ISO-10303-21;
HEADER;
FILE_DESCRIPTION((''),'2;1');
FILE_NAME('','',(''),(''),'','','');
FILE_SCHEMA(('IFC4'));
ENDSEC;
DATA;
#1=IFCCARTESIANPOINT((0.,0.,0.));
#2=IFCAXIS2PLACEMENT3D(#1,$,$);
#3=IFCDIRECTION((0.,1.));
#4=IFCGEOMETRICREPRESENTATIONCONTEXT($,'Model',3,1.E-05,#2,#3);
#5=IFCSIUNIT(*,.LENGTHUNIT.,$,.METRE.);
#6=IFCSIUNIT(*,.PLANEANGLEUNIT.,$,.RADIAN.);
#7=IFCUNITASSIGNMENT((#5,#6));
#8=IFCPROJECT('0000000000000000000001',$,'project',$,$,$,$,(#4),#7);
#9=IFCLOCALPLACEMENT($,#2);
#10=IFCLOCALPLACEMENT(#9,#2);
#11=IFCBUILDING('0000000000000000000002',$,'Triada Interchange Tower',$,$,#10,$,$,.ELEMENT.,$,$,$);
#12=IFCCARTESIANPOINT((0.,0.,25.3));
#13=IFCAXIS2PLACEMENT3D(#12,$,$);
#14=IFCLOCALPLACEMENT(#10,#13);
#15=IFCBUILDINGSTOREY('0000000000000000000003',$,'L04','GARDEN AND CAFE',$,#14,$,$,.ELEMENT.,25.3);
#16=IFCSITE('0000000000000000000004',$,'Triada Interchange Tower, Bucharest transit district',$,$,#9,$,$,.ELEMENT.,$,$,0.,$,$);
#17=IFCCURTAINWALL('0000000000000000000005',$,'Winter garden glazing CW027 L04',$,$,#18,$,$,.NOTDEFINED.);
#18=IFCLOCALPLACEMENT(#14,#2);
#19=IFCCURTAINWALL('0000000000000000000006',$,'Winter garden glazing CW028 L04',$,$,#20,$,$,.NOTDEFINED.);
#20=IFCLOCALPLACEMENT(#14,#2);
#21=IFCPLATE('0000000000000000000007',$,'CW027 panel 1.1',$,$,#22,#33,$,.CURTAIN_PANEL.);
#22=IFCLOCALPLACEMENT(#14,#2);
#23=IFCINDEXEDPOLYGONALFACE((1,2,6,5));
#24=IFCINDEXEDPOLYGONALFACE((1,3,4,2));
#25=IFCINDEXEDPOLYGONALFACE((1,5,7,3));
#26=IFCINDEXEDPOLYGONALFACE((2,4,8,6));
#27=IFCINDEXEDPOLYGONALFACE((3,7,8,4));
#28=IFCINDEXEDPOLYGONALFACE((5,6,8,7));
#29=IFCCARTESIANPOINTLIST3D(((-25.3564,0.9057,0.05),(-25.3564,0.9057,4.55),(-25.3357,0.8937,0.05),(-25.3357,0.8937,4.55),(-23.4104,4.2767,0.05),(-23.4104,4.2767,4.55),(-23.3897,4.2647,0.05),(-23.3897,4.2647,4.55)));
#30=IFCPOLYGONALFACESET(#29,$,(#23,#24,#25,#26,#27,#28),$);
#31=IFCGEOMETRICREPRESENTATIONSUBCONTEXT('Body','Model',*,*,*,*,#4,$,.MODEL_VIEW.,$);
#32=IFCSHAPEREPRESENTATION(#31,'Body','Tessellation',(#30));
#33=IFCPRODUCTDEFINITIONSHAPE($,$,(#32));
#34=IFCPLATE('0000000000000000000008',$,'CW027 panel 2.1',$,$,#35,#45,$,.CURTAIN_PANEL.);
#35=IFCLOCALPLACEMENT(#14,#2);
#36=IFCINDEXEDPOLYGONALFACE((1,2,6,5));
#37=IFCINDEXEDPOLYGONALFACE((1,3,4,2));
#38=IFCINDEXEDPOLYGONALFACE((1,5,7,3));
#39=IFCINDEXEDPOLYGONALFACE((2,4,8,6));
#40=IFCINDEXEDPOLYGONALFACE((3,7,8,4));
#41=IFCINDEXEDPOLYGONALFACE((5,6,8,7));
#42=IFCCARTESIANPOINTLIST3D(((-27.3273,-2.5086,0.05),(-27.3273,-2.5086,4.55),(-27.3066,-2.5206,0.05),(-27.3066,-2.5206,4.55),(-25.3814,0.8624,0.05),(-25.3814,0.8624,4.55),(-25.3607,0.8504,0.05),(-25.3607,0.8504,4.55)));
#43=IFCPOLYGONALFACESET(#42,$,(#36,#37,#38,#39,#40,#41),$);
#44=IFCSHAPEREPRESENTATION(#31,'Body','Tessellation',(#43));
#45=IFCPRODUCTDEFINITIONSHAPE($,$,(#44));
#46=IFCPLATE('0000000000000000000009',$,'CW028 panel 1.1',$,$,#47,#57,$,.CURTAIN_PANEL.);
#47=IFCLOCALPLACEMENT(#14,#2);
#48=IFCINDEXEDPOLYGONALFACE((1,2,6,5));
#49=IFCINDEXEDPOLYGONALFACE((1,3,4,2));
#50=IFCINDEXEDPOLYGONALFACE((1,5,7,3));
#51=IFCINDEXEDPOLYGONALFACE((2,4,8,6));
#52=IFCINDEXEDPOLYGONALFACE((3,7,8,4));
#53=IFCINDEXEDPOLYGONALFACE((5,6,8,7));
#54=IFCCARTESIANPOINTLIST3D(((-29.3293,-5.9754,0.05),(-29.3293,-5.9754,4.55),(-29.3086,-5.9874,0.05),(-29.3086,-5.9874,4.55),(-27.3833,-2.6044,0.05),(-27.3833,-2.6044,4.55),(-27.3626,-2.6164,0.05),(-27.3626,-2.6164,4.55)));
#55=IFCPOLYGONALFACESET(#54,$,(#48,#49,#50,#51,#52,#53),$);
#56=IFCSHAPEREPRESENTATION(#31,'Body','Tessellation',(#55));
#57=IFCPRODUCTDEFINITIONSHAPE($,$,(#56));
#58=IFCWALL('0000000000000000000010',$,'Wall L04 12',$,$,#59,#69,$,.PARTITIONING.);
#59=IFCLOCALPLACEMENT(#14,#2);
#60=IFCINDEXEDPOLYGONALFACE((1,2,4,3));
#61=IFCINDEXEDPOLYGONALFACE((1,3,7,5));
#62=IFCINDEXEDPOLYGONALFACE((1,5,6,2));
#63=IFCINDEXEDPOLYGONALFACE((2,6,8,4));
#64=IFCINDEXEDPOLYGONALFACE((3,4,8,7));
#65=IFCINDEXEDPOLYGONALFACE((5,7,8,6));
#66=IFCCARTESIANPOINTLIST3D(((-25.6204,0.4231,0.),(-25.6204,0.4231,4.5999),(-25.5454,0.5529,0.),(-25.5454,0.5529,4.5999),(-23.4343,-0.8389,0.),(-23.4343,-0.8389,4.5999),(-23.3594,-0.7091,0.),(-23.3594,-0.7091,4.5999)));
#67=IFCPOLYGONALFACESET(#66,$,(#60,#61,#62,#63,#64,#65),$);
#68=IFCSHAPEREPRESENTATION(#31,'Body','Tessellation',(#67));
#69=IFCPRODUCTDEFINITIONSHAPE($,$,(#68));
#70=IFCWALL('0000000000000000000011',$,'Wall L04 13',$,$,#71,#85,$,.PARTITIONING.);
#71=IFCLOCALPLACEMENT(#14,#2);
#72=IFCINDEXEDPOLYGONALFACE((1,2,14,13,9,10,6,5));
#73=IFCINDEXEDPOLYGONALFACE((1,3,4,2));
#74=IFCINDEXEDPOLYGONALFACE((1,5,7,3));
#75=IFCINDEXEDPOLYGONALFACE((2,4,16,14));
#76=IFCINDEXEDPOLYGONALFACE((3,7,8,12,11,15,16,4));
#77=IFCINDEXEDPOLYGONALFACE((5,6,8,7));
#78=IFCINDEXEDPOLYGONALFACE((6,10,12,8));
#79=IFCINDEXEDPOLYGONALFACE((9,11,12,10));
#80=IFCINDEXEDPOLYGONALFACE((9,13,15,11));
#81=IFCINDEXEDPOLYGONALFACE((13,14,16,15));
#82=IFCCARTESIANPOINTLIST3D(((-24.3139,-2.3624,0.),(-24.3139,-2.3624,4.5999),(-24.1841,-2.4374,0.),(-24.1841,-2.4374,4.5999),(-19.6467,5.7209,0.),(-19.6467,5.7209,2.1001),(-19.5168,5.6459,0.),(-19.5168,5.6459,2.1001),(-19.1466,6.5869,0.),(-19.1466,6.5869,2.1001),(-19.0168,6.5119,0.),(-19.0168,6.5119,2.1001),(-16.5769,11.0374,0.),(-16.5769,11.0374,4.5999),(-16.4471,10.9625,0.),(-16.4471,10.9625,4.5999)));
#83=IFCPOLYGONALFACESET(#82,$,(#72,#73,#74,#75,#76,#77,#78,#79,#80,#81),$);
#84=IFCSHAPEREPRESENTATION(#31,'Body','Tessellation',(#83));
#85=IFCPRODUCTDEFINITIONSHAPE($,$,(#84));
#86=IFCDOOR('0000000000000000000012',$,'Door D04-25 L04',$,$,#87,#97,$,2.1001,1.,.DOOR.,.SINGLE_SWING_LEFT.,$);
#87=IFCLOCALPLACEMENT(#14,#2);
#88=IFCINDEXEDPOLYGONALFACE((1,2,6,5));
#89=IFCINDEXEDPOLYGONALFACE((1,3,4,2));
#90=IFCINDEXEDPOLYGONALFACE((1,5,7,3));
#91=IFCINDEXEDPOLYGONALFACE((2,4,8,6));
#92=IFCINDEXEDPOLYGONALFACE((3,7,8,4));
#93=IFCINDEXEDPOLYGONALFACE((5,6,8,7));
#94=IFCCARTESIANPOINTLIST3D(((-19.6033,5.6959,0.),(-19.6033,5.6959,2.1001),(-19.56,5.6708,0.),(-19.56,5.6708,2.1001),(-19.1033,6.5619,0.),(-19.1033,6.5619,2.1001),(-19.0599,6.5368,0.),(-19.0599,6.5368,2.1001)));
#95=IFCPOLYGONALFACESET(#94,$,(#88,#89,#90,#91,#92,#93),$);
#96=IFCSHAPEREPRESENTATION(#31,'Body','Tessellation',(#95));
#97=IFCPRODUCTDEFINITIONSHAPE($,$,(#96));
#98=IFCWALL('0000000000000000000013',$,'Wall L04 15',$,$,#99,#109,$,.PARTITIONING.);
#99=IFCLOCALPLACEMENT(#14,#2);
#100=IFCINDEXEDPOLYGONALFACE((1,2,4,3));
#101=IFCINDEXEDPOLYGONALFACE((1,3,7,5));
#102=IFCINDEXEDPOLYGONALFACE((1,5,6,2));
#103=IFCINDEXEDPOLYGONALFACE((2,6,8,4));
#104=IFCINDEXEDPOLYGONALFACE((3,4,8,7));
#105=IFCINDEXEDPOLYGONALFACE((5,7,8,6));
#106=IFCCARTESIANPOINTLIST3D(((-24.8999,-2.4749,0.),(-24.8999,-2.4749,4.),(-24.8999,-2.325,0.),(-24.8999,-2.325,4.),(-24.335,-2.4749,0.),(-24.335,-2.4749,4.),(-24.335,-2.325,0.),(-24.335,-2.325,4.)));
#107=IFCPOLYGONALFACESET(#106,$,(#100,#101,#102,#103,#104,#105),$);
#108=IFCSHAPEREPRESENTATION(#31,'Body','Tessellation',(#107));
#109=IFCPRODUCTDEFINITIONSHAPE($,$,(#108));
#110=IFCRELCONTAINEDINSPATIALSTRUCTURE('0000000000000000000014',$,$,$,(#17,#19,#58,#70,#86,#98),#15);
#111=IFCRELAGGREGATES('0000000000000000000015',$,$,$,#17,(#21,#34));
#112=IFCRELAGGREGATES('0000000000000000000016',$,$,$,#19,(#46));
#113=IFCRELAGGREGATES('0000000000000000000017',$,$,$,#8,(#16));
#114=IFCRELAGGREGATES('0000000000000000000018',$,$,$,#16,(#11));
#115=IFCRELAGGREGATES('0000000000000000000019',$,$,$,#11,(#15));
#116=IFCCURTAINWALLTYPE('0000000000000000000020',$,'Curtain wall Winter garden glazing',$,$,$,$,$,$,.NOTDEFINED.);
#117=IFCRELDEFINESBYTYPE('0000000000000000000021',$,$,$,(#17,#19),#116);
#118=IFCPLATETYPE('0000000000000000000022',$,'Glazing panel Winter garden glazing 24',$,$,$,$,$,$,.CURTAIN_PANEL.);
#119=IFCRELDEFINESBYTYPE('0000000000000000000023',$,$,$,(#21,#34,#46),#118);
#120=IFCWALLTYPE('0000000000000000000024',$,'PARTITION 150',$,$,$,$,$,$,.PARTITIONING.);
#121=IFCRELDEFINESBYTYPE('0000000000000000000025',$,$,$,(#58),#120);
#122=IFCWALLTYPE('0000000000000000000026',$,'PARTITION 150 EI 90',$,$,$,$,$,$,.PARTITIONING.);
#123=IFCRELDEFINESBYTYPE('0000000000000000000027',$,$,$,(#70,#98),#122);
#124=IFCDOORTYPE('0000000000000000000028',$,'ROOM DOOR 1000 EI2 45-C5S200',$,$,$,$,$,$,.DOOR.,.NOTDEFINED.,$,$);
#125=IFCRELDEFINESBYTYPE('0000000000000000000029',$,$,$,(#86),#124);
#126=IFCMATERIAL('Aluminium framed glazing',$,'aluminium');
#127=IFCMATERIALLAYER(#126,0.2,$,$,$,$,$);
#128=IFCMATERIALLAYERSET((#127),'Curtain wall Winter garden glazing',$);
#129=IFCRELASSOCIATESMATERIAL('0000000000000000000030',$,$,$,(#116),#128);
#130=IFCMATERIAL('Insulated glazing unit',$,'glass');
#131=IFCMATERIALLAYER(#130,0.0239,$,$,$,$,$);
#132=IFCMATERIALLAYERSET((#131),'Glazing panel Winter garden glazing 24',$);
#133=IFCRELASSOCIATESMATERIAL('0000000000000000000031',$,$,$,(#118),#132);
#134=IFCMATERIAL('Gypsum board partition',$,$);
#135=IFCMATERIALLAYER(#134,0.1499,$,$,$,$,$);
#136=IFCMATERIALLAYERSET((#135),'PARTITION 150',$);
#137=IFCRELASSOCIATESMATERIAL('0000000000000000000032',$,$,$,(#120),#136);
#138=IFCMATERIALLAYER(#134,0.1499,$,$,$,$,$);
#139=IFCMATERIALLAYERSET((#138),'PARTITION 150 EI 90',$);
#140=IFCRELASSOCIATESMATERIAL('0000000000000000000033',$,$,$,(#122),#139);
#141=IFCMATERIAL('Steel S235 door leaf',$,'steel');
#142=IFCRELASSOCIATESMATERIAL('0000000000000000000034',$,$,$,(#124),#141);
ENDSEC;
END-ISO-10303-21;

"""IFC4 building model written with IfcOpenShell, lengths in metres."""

from ifc_helpers import new_model, si_unit, direction, frame, frame_2d, origin, origin_2d, place, context, subcontext, project, spatial, rectangle, extrude, material, layer, layer_set, type_object, element, fill, aggregate, save


model = new_model("IFC4")

# Units and contexts
model_context = context("Model", 3, precision=1e-05, world=origin(), true_north=direction((0.0, 1.0)))
body_context = subcontext(model_context, "Body", "Model", "MODEL_VIEW")
ifc_project = project(units=[si_unit("LENGTHUNIT", "METRE"), si_unit("PLANEANGLEUNIT", "RADIAN")], contexts=[model_context])

# Site, building, storey
site_placement = place(None, origin())
site = spatial("IfcSite", under=ifc_project, at=site_placement, Name="Triada Interchange Tower, Bucharest transit district", CompositionType="ELEMENT", RefElevation=0.0)
building_placement = place(site_placement, origin())
building = spatial("IfcBuilding", under=site, at=building_placement, Name="Triada Interchange Tower", CompositionType="ELEMENT")
storey_placement = place(building_placement, frame((0.0, 0.0, 25.3)))
storey = spatial("IfcBuildingStorey", under=building, at=storey_placement, Name="L04", Description="GARDEN AND CAFE", CompositionType="ELEMENT", Elevation=25.3)

# Shared definitions
ifc_material_1 = material(Name="Aluminium framed glazing", Category="aluminium")
ifc_layer_1 = layer(ifc_material_1, 0.2)
ifc_layer_set_1 = layer_set([ifc_layer_1], Name="Curtain wall Winter garden glazing")
curtain_wall_type = type_object("IfcCurtainWallType", Name="Curtain wall Winter garden glazing", PredefinedType="NOTDEFINED", material=ifc_layer_set_1)

# Curtain wall
curtain_wall_1_placement = place(storey_placement, origin())
curtain_wall_1 = element("IfcCurtainWall", 1, at=curtain_wall_1_placement, inside=storey, type_object=curtain_wall_type, Name="Winter garden glazing CW027 L04", PredefinedType="NOTDEFINED")

# Curtain wall
curtain_wall_2_placement = place(storey_placement, origin())
curtain_wall_2 = element("IfcCurtainWall", 2, at=curtain_wall_2_placement, inside=storey, type_object=curtain_wall_type, Name="Winter garden glazing CW028 L04", PredefinedType="NOTDEFINED")

# Plates
ifc_material_2 = material(Name="Insulated glazing unit", Category="glass")
ifc_layer_2 = layer(ifc_material_2, 0.0239)
ifc_layer_set_2 = layer_set([ifc_layer_2], Name="Glazing panel Winter garden glazing 24")
plate_type = type_object("IfcPlateType", Name="Glazing panel Winter garden glazing 24", PredefinedType="CURTAIN_PANEL", material=ifc_layer_set_2)
plate_1_placement = place(storey_placement, frame((-24.373, 2.5852, 0.05), z_axis=(0.0, 0.0, 1.0), x_axis=(-0.499948, -0.866055, 0.0)))
plate_1 = element("IfcPlate", 3, at=plate_1_placement, type_object=plate_type, Name="CW027 panel 1.1", PredefinedType="CURTAIN_PANEL", context=body_context, shape_type="SweptSolid", body=[
    extrude(rectangle(XDim=3.8923, YDim=0.0239, at=origin_2d()), origin(), (0.0, 0.0, 1.0), 4.5),
])
plate_2_placement = place(storey_placement, frame((-26.344, -0.8291, 0.05), z_axis=(0.0, 0.0, 1.0), x_axis=(-0.499948, -0.866055, 0.0)))
plate_2 = element("IfcPlate", 4, at=plate_2_placement, type_object=plate_type, Name="CW027 panel 2.1", PredefinedType="CURTAIN_PANEL", context=body_context, shape_type="SweptSolid", body=[
    extrude(rectangle(XDim=3.8923, YDim=0.0239, at=origin_2d()), origin(), (0.0, 0.0, 1.0), 4.5),
])
aggregate(curtain_wall_1, [plate_1, plate_2])
plate_3_placement = place(storey_placement, frame((-28.3459, -4.2959, 0.05), z_axis=(0.0, 0.0, 1.0), x_axis=(-0.499948, -0.866055, 0.0)))
plate_3 = element("IfcPlate", 5, at=plate_3_placement, type_object=plate_type, Name="CW028 panel 1.1", PredefinedType="CURTAIN_PANEL", context=body_context, shape_type="SweptSolid", body=[
    extrude(rectangle(XDim=3.8923, YDim=0.0239, at=origin_2d()), origin(), (0.0, 0.0, 1.0), 4.5),
])
aggregate(curtain_wall_2, [plate_3])

# Wall
ifc_material_3 = material(Name="Gypsum board partition")
ifc_layer_3 = layer(ifc_material_3, 0.1499)
ifc_layer_set_3 = layer_set([ifc_layer_3], Name="PARTITION 150")
wall_type_1 = type_object("IfcWallType", Name="PARTITION 150", PredefinedType="PARTITIONING", material=ifc_layer_set_3)
wall_1_placement = place(storey_placement, frame((-25.583, 0.488, 0.0), z_axis=(0.0, 0.0, 1.0), x_axis=(0.86605, -0.499957, 0.0)))
element("IfcWall", 6, at=wall_1_placement, inside=storey, type_object=wall_type_1, Name="Wall L04 12", PredefinedType="PARTITIONING", context=body_context, shape_type="SweptSolid", body=[
    extrude(rectangle(XDim=2.5242, YDim=0.1499, at=frame_2d((1.2622, 0.0))), origin(), (0.0, 0.0, 1.0), 4.5999),
])

# Wall, opening, door
ifc_layer_4 = layer(ifc_material_3, 0.1499)
ifc_layer_set_4 = layer_set([ifc_layer_4], Name="PARTITION 150 EI 90")
wall_type_2 = type_object("IfcWallType", Name="PARTITION 150 EI 90", PredefinedType="PARTITIONING", material=ifc_layer_set_4)
wall_2_placement = place(storey_placement, frame((-24.249, -2.3999, 0.0), z_axis=(0.0, 0.0, 1.0), x_axis=(0.50003, 0.866008, 0.0)))
wall_2 = element("IfcWall", 7, at=wall_2_placement, inside=storey, type_object=wall_type_2, Name="Wall L04 13", PredefinedType="PARTITIONING", context=body_context, shape_type="SweptSolid", body=[
    extrude(rectangle(XDim=15.4731, YDim=0.1499, at=frame_2d((7.7366, 0.0))), origin(), (0.0, 0.0, 1.0), 4.5999),
])
opening_placement = place(wall_2_placement, frame((9.334, 0.0, 0.0)))
opening = element("IfcOpeningElement", 8, at=opening_placement, cuts=wall_2, PredefinedType="OPENING", context=body_context, shape_type="SweptSolid", body=[
    extrude(rectangle(XDim=1.0, YDim=2.1001, at=frame_2d((0.5, 1.05))), frame((0.0, 0.085, 0.0), z_axis=(0.0, -1.0, 0.0), x_axis=(1.0, 0.0, 0.0)), (0.0, 0.0, 1.0), 0.1699),
])
ifc_material_4 = material(Name="Steel S235 door leaf", Category="steel")
door_type = type_object("IfcDoorType", Name="ROOM DOOR 1000 EI2 45-C5S200", OperationType="NOTDEFINED", PredefinedType="DOOR", material=ifc_material_4)
door_placement = place(opening_placement, origin())
door = element("IfcDoor", 9, at=door_placement, inside=storey, type_object=door_type, Name="Door D04-25 L04", OperationType="SINGLE_SWING_LEFT", OverallHeight=2.1001, OverallWidth=1.0, PredefinedType="DOOR", context=body_context, shape_type="SweptSolid", body=[
    extrude(rectangle(XDim=1.0, YDim=2.1001, at=frame_2d((0.5, 1.05))), frame((0.0, 0.0249, 0.0), z_axis=(0.0, -1.0, 0.0), x_axis=(1.0, 0.0, 0.0)), (0.0, 0.0, 1.0), 0.05),
])
fill(opening, door)

# Wall
wall_3_placement = place(storey_placement, frame((-24.8999, -2.3999, 0.0), z_axis=(0.0, 0.0, 1.0), x_axis=(1.0, 0.0, 0.0)))
element("IfcWall", 10, at=wall_3_placement, inside=storey, type_object=wall_type_2, Name="Wall L04 15", PredefinedType="PARTITIONING", context=body_context, shape_type="SweptSolid", body=[
    extrude(rectangle(XDim=0.5649, YDim=0.1499, at=frame_2d((0.2825, 0.0))), origin(), (0.0, 0.0, 1.0), 4.0),
])

save(model, "model.ifc")
